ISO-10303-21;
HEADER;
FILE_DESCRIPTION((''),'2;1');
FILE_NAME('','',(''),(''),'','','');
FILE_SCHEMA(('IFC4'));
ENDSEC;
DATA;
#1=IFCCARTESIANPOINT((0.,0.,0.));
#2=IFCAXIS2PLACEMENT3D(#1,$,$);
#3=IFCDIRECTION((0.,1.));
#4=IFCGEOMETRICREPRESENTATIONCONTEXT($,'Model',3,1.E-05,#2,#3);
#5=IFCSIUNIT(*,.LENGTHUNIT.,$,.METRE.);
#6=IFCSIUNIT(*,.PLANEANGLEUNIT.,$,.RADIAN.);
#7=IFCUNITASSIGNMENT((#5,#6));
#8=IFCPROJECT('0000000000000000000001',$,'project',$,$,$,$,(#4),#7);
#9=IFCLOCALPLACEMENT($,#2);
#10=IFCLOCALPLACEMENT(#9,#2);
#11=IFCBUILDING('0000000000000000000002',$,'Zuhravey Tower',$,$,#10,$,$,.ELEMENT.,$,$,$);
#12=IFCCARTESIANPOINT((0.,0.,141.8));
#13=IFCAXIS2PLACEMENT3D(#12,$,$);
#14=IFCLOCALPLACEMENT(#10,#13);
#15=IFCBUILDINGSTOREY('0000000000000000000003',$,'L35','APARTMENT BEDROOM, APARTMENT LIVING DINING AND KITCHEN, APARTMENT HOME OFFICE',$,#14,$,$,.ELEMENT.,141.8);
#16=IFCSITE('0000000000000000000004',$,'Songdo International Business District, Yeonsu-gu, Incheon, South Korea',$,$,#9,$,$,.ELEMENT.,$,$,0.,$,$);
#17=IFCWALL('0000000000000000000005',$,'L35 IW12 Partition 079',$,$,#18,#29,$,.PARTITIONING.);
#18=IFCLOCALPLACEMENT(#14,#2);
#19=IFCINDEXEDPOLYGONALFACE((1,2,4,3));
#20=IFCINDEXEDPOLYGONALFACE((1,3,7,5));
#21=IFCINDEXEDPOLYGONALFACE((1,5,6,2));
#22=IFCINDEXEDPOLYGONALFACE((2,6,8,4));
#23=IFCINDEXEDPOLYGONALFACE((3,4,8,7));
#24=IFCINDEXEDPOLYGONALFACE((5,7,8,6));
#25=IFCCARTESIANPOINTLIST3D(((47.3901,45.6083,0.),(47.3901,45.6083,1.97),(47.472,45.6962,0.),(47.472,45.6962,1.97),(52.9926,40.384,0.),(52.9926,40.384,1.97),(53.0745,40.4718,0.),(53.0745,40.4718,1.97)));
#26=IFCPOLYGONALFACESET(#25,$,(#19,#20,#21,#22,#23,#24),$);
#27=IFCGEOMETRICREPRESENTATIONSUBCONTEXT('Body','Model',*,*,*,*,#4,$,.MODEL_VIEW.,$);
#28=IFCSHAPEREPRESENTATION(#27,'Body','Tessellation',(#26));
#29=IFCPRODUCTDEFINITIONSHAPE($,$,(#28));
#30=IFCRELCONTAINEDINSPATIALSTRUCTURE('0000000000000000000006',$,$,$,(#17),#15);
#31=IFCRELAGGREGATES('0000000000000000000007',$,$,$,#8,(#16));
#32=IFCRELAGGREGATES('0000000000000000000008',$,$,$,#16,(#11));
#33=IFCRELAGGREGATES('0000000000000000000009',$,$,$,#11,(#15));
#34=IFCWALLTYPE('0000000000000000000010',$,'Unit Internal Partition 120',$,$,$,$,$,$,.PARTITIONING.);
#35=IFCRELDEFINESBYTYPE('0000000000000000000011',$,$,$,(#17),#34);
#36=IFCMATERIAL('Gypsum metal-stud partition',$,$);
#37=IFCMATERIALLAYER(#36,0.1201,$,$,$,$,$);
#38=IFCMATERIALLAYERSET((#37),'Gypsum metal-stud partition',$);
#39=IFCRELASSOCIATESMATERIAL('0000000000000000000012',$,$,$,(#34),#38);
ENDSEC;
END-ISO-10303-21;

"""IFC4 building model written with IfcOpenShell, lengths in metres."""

from ifc_helpers import new_model, si_unit, direction, frame, frame_2d, origin, place, context, subcontext, project, spatial, rectangle, extrude, material, layer, layer_set, type_object, element, save


model = new_model("IFC4")

# Units and contexts
model_context = context("Model", 3, precision=1e-05, world=origin(), true_north=direction((0.0, 1.0)))
body_context = subcontext(model_context, "Body", "Model", "MODEL_VIEW")
ifc_project = project(units=[si_unit("LENGTHUNIT", "METRE"), si_unit("PLANEANGLEUNIT", "RADIAN")], contexts=[model_context])

# Site, building, storey
site_placement = place(None, origin())
site = spatial("IfcSite", under=ifc_project, at=site_placement, Name="Songdo International Business District, Yeonsu-gu, Incheon, South Korea", CompositionType="ELEMENT", RefElevation=0.0)
building_placement = place(site_placement, origin())
building = spatial("IfcBuilding", under=site, at=building_placement, Name="Zuhravey Tower", CompositionType="ELEMENT")
storey_placement = place(building_placement, frame((0.0, 0.0, 141.8)))
storey = spatial("IfcBuildingStorey", under=building, at=storey_placement, Name="L35", Description="APARTMENT BEDROOM, APARTMENT LIVING DINING AND KITCHEN, APARTMENT HOME OFFICE", CompositionType="ELEMENT", Elevation=141.8)

# Shared definitions
ifc_material_1 = material(Name="Gypsum metal-stud partition")
ifc_layer_1 = layer(ifc_material_1, 0.1201)
ifc_layer_set_1 = layer_set([ifc_layer_1], Name="Gypsum metal-stud partition")
wall_type_1 = type_object("IfcWallType", Name="Unit Internal Partition 120", PredefinedType="PARTITIONING", material=ifc_layer_set_1)

# Wall
wall_1_placement = place(storey_placement, frame((53.0334, 40.428, 0.0), z_axis=(0.0, 0.0, 1.0), x_axis=(-0.731359, 0.681992, 0.0)))
element("IfcWall", 1, at=wall_1_placement, inside=storey, type_object=wall_type_1, Name="L35 IW12 Partition 079", PredefinedType="PARTITIONING", context=body_context, shape_type="SweptSolid", body=[
    extrude(rectangle(XDim=7.6604, YDim=0.1201, at=frame_2d((3.8301, 0.0))), origin(), (0.0, 0.0, 1.0), 1.97),
])

save(model, "model.ifc")
